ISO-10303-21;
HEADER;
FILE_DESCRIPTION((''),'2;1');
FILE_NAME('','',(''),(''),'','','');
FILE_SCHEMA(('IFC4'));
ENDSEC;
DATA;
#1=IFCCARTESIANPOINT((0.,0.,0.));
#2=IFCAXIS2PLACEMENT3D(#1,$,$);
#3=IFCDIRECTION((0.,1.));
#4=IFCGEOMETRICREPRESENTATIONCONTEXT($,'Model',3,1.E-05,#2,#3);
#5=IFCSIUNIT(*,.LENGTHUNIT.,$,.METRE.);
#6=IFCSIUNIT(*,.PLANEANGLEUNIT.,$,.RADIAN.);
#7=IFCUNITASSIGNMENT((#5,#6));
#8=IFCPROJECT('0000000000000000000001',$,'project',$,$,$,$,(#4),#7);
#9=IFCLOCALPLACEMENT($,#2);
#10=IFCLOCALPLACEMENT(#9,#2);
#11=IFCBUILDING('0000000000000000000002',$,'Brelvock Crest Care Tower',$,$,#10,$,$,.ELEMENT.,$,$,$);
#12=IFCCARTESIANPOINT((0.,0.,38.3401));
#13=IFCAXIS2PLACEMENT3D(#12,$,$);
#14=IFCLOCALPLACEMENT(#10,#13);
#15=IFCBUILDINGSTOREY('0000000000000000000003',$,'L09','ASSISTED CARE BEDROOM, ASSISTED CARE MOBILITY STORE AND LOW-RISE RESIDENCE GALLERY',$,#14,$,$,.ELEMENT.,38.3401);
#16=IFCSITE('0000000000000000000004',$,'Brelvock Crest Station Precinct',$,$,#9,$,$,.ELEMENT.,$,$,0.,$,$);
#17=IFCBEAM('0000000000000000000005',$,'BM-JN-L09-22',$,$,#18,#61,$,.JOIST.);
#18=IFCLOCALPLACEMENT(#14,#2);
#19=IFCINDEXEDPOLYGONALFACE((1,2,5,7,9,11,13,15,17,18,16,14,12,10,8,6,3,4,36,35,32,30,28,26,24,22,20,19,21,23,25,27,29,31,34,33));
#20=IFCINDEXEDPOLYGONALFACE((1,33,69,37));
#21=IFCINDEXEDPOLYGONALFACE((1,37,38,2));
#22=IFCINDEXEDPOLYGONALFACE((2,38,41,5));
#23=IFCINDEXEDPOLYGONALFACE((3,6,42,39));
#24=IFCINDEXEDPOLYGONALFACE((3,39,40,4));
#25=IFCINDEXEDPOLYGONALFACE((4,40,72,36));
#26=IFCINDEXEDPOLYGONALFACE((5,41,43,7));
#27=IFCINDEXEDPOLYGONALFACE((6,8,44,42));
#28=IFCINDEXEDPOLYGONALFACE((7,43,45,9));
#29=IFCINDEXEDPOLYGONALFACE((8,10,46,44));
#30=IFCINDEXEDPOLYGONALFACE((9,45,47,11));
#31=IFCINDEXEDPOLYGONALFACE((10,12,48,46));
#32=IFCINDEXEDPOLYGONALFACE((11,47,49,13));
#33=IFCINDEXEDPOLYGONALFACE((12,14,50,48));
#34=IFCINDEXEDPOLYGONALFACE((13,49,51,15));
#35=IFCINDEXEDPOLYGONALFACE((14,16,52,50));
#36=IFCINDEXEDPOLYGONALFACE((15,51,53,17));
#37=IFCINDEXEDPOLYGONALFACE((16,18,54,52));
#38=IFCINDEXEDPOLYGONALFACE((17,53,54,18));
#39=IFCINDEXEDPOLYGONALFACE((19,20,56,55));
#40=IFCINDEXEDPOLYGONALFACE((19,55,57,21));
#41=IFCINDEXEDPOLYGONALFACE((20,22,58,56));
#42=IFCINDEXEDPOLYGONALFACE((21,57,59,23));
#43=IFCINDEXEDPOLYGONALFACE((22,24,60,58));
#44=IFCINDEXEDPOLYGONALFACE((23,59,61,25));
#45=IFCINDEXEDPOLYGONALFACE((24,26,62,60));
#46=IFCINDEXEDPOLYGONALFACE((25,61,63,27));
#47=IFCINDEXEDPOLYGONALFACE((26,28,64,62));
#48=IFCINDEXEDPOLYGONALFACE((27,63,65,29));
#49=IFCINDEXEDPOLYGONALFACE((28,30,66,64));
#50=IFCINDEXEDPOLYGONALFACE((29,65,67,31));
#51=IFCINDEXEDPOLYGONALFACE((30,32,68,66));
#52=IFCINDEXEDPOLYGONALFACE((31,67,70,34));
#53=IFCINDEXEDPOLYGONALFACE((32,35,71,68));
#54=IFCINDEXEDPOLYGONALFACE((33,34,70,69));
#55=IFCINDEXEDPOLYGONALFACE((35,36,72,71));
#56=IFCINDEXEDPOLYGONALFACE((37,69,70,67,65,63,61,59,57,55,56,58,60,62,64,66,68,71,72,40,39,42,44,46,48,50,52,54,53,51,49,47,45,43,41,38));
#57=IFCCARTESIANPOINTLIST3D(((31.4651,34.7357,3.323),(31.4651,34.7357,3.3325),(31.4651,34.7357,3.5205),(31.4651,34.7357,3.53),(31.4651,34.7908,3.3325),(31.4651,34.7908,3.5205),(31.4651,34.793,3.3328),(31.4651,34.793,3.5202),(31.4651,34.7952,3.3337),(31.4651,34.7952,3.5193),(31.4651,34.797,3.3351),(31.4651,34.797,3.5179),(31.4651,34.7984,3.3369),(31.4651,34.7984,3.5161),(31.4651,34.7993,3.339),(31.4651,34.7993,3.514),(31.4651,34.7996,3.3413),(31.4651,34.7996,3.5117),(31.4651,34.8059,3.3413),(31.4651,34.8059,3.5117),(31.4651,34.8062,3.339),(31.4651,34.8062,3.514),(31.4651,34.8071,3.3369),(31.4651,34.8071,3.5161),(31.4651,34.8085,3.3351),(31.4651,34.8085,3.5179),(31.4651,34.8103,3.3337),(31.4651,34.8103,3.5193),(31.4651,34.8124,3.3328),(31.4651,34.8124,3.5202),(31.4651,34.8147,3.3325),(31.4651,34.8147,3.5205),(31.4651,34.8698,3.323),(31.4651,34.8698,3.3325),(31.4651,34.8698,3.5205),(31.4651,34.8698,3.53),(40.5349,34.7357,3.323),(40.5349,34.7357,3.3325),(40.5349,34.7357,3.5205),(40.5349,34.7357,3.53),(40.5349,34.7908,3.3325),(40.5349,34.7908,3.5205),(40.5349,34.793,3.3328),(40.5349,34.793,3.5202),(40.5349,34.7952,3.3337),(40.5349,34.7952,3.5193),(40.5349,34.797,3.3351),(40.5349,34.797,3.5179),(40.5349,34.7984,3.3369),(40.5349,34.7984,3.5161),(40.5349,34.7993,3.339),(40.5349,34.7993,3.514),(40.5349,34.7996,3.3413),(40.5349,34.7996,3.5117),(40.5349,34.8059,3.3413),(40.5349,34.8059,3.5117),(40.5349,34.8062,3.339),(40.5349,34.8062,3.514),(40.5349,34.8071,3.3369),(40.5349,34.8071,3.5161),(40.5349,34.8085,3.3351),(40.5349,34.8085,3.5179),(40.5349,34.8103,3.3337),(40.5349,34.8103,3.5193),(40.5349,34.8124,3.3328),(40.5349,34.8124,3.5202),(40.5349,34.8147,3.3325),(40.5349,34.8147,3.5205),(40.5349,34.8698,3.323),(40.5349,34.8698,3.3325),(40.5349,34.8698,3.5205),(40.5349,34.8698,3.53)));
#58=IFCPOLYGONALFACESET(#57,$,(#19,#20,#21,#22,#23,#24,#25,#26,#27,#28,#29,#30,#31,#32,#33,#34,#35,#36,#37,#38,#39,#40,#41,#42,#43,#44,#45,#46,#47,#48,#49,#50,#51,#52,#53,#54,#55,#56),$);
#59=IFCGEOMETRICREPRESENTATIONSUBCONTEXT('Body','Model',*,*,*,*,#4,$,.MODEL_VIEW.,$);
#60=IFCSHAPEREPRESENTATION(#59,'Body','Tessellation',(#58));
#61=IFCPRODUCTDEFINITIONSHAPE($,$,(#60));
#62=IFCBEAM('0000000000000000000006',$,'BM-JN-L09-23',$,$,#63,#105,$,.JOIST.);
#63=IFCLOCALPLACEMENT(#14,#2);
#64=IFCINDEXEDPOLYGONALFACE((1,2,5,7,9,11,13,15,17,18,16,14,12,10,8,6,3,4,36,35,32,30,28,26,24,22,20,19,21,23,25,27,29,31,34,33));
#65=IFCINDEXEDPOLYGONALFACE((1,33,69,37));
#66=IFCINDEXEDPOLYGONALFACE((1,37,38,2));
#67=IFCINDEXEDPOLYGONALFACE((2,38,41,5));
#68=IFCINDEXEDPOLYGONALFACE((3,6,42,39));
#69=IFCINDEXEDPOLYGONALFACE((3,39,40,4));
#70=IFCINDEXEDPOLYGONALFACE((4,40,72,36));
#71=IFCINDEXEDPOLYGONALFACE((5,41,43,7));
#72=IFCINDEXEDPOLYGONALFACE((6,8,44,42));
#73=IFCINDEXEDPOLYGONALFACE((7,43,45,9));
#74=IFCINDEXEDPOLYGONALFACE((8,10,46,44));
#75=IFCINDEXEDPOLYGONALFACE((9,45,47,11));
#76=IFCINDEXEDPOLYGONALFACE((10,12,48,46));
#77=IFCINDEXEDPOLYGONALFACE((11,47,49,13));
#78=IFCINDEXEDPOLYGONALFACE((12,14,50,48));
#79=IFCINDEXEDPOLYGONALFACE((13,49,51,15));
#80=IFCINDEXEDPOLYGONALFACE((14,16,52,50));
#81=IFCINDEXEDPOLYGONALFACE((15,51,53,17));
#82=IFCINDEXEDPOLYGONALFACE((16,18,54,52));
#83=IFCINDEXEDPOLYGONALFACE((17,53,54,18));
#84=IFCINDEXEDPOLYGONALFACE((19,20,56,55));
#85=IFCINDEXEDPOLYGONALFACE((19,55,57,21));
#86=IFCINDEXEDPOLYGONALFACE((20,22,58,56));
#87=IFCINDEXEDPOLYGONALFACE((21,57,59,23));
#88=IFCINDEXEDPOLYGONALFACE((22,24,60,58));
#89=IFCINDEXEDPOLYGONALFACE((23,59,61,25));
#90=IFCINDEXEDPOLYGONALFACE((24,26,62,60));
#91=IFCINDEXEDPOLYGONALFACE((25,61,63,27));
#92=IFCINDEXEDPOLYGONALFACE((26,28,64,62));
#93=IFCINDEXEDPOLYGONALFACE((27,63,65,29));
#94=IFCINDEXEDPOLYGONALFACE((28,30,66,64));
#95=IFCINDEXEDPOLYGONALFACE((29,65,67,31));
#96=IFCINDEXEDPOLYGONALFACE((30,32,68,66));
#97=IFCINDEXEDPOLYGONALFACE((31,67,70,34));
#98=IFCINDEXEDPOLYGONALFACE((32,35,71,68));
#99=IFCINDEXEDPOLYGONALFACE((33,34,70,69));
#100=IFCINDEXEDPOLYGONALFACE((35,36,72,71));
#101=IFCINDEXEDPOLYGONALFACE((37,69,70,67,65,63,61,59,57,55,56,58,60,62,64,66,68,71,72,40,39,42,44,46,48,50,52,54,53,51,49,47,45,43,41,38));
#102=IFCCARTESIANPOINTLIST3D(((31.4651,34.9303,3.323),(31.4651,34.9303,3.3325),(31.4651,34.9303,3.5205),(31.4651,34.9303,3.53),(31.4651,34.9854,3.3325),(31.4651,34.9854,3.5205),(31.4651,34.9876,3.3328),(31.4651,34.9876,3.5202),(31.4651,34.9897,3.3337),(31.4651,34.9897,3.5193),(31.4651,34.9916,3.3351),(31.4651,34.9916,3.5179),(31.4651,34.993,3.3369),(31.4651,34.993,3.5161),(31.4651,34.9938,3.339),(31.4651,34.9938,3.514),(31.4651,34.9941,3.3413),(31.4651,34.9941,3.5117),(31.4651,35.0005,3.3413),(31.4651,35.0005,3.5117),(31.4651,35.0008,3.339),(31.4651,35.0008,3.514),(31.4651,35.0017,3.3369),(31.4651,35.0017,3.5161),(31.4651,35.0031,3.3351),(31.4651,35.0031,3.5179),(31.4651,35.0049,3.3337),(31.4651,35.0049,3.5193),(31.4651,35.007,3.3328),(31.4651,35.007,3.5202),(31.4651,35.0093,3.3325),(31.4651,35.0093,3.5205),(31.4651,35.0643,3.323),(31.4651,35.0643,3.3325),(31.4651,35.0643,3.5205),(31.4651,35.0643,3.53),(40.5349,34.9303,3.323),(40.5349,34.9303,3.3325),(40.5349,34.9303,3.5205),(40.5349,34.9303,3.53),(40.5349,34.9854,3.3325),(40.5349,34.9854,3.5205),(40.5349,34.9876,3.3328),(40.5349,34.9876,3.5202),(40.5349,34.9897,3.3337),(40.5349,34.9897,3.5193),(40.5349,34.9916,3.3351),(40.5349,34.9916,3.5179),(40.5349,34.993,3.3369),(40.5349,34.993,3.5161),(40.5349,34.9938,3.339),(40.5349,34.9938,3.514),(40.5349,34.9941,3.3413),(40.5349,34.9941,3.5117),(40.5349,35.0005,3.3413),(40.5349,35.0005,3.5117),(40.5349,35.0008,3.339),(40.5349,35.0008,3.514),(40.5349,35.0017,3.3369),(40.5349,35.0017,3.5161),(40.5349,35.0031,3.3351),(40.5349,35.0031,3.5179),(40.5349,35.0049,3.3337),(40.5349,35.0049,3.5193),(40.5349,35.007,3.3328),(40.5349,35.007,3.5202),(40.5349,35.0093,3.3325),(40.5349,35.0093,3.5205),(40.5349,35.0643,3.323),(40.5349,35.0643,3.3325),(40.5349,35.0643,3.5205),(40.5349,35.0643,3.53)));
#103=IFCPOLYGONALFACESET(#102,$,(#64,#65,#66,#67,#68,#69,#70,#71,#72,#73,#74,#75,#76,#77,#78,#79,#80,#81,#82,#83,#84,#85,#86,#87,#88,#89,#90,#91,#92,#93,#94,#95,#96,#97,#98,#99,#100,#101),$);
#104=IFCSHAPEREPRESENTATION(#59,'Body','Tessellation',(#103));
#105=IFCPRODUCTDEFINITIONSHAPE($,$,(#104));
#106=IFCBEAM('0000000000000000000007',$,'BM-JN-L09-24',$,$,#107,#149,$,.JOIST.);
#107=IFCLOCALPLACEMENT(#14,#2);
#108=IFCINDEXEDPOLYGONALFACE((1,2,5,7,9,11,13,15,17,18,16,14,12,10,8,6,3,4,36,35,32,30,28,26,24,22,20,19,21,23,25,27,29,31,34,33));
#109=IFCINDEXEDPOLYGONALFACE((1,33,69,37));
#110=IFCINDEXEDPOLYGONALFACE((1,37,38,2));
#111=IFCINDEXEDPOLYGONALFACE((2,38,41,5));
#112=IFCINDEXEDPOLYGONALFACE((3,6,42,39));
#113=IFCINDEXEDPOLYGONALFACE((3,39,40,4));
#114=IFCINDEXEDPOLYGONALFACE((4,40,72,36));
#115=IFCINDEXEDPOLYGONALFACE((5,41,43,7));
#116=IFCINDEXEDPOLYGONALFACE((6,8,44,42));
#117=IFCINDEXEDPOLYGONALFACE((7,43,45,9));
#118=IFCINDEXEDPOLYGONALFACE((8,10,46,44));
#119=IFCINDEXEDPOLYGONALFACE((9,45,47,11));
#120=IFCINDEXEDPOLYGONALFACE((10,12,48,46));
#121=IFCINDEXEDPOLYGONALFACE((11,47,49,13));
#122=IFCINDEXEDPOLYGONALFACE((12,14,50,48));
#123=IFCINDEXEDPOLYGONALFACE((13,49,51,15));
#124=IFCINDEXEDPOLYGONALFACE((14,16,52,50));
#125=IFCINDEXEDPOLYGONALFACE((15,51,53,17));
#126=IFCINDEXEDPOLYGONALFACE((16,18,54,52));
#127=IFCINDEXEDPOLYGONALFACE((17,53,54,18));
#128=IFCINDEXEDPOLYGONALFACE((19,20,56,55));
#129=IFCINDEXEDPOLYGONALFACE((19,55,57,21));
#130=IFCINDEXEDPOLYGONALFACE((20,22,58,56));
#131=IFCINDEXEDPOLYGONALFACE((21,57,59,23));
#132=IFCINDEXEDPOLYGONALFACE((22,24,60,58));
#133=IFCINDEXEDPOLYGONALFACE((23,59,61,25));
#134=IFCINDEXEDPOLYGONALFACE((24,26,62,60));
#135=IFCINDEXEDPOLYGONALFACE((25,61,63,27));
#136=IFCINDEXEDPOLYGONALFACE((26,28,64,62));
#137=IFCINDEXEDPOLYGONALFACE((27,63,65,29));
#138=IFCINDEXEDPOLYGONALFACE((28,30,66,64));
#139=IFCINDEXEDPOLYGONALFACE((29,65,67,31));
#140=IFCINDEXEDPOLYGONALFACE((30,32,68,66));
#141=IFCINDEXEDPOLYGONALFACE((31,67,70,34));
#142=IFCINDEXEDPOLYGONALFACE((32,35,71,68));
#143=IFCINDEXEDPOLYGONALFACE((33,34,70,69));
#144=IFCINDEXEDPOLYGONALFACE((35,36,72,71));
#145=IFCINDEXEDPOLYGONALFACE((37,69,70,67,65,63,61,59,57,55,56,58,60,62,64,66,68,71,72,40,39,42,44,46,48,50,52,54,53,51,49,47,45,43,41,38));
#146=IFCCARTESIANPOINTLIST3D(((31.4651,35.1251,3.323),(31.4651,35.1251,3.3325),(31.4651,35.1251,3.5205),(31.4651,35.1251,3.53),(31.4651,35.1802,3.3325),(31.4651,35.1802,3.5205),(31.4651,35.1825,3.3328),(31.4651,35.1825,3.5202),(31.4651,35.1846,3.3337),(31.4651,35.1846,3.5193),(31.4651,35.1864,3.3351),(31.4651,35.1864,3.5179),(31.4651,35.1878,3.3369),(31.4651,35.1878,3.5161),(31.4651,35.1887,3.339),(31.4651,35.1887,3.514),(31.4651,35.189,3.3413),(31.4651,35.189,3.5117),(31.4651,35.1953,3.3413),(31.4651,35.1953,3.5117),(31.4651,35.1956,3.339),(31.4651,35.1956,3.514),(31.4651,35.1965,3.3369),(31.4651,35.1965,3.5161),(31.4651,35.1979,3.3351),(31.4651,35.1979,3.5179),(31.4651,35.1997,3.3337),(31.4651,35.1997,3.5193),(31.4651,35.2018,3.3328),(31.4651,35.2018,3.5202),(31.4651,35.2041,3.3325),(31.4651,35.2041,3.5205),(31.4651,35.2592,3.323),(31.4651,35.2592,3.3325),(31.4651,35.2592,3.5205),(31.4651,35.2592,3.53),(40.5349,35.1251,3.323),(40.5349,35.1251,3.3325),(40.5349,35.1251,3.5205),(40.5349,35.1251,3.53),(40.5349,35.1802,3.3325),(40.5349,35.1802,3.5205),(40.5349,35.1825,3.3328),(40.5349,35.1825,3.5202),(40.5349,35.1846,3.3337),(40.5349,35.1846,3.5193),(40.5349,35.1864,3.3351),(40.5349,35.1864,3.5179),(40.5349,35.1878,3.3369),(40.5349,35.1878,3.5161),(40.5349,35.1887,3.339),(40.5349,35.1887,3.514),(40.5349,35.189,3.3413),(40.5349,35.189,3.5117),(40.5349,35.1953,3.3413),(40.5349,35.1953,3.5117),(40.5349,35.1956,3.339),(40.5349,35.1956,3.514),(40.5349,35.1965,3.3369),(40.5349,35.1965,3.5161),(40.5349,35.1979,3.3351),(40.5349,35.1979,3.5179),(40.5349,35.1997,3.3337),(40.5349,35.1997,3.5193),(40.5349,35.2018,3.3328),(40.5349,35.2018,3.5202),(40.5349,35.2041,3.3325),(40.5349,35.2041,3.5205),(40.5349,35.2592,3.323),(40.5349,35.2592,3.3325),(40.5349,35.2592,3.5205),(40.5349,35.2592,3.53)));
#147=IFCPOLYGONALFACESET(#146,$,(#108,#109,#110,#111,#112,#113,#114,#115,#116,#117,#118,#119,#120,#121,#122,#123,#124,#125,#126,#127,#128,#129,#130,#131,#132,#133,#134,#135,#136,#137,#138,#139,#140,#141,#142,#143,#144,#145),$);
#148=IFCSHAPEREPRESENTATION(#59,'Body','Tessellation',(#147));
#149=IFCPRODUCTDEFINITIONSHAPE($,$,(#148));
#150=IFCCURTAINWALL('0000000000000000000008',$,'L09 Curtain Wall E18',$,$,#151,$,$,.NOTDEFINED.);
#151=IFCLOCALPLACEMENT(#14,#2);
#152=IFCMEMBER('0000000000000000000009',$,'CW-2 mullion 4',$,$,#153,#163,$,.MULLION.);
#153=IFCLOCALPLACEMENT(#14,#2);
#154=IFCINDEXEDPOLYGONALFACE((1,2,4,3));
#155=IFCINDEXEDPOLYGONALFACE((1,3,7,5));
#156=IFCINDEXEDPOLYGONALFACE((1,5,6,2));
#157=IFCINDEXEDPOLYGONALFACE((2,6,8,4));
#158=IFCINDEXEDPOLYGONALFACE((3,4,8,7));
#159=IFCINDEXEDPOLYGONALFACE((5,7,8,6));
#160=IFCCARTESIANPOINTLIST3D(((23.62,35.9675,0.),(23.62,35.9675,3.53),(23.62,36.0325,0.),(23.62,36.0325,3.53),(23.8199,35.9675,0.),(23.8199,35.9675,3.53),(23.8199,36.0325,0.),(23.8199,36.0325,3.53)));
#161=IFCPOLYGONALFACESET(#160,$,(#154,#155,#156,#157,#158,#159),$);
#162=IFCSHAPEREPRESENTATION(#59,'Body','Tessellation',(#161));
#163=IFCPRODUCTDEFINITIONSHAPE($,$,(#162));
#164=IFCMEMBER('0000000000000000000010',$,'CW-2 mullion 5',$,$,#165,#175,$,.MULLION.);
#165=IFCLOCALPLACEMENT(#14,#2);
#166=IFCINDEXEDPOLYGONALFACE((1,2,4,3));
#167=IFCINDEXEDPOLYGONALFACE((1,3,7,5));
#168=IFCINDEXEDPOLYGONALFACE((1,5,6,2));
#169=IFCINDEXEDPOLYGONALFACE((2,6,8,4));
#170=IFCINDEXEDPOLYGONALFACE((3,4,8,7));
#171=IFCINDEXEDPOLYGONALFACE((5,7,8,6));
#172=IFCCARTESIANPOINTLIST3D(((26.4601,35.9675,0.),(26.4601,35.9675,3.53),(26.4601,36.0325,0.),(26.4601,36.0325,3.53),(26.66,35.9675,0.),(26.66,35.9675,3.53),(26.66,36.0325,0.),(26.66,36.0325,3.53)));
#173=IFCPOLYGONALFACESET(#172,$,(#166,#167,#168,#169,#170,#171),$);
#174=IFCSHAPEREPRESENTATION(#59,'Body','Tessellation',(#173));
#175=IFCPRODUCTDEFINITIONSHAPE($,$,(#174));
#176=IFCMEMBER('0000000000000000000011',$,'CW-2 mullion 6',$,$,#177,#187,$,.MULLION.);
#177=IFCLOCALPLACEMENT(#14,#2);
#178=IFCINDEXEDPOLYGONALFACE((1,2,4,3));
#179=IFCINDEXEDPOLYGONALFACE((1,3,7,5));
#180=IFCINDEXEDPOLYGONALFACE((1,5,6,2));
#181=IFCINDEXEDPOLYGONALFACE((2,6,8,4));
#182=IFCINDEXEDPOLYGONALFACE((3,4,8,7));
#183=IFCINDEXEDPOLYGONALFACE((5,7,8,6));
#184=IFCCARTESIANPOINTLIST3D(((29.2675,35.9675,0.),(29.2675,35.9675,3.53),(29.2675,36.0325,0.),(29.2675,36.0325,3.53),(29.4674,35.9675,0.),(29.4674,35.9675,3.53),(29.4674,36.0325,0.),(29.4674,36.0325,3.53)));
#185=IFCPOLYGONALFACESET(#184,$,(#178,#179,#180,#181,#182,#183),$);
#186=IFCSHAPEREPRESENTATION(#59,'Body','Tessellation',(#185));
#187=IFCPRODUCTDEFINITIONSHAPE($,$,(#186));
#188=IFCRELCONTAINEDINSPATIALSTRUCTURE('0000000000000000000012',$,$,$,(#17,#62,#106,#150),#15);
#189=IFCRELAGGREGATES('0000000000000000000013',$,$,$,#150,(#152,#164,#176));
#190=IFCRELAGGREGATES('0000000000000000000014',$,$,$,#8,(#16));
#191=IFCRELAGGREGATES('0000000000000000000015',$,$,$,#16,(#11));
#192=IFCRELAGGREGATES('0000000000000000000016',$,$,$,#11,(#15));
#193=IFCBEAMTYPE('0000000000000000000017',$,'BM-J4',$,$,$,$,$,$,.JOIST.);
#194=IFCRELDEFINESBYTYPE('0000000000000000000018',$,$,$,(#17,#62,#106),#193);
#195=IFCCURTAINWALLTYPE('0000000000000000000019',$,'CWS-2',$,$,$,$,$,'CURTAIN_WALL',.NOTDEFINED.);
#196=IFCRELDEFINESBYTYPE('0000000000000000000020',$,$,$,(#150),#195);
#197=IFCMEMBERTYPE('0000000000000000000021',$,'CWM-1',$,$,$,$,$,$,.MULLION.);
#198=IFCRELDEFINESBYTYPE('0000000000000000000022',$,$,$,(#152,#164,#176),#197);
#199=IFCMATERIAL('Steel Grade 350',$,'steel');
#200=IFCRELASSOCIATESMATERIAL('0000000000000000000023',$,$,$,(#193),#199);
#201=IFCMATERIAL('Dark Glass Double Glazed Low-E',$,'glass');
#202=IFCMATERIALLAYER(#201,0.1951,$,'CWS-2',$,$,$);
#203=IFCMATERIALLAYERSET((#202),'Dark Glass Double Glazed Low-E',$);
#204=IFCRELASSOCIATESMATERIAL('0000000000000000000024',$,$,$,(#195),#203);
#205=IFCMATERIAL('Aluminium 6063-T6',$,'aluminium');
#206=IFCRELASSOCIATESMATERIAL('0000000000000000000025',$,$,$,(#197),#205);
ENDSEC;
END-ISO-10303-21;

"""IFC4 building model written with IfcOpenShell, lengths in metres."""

from ifc_helpers import new_model, si_unit, direction, frame, origin, origin_2d, place, context, subcontext, project, spatial, rectangle, i_section, extrude, source, transform, mapped, material, layer, layer_set, material_profile, profile_set, type_object, element, aggregate, save


model = new_model("IFC4")

# Units and contexts
model_context = context("Model", 3, precision=1e-05, world=origin(), true_north=direction((0.0, 1.0)))
body_context = subcontext(model_context, "Body", "Model", "MODEL_VIEW")
ifc_project = project(units=[si_unit("LENGTHUNIT", "METRE"), si_unit("PLANEANGLEUNIT", "RADIAN")], contexts=[model_context])

# Site, building, storey
site_placement = place(None, origin())
site = spatial("IfcSite", under=ifc_project, at=site_placement, Name="Brelvock Crest Station Precinct", CompositionType="ELEMENT", RefElevation=0.0)
building_placement = place(site_placement, origin())
building = spatial("IfcBuilding", under=site, at=building_placement, Name="Brelvock Crest Care Tower", CompositionType="ELEMENT")
storey_placement = place(building_placement, frame((0.0, 0.0, 38.3401)))
storey = spatial("IfcBuildingStorey", under=building, at=storey_placement, Name="L09", Description="ASSISTED CARE BEDROOM, ASSISTED CARE MOBILITY STORE AND LOW-RISE RESIDENCE GALLERY", CompositionType="ELEMENT", Elevation=38.3401)

# Shared definitions
ifc_material_1 = material(Name="Steel Grade 350", Category="steel")

# Beams
ifc_material_profile_1 = material_profile(ifc_material_1, i_section(OverallWidth=0.134, OverallDepth=0.207, WebThickness=0.0063, FlangeThickness=0.0095, FilletRadius=0.0088, at=origin_2d()), Name="200UB29.8")
ifc_profile_set_1 = profile_set([ifc_material_profile_1], Name="Steel Grade 350")
beam_type_1 = type_object("IfcBeamType", Name="BM-J4", PredefinedType="JOIST", material=ifc_profile_set_1)
shared_shape_1 = source(origin(), body_context, "Body", "SweptSolid", [
    extrude(i_section(OverallWidth=0.134, OverallDepth=0.207, WebThickness=0.0063, FlangeThickness=0.0095, FilletRadius=0.0088, at=origin_2d()), origin(), (0.0, 0.0, 1.0), 9.0698),
])
for number, where, z_axis, x_axis, name in (
    (1, (31.4651, 34.8027, 3.4265), (1.0, 0.0, 0.0), (0.0, 1.0, 0.0), "BM-JN-L09-22"),
    (2, (31.4651, 34.9973, 3.4265), (1.0, 0.0, 0.0), (0.0, 1.0, 0.0), "BM-JN-L09-23"),
    (3, (31.4651, 35.1921, 3.4265), (1.0, 0.0, 0.0), (0.0, 1.0, 0.0), "BM-JN-L09-24"),
):
    element("IfcBeam", number, at=place(storey_placement, frame(where, z_axis=z_axis, x_axis=x_axis)), inside=storey, type_object=beam_type_1, Name=name, PredefinedType="JOIST", context=body_context, shape_type="MappedRepresentation", body=[
        mapped(shared_shape_1, transform((0.0, 0.0, 0.0), x_axis=(1.0, 0.0, 0.0), y_axis=(0.0, 1.0, 0.0), z_axis=(0.0, 0.0, 1.0), scale=1.0)),
    ])

# Curtain wall, members
ifc_material_2 = material(Name="Dark Glass Double Glazed Low-E", Category="glass")
ifc_layer_1 = layer(ifc_material_2, 0.1951, Name="CWS-2")
ifc_layer_set_1 = layer_set([ifc_layer_1], Name="Dark Glass Double Glazed Low-E")
curtain_wall_type = type_object("IfcCurtainWallType", Name="CWS-2", ElementType="CURTAIN_WALL", PredefinedType="NOTDEFINED", material=ifc_layer_set_1)
curtain_wall_placement = place(storey_placement, origin())
curtain_wall = element("IfcCurtainWall", 4, at=curtain_wall_placement, inside=storey, type_object=curtain_wall_type, Name="L09 Curtain Wall E18", PredefinedType="NOTDEFINED")
ifc_material_3 = material(Name="Aluminium 6063-T6", Category="aluminium")
ifc_material_profile_2 = material_profile(ifc_material_3, rectangle(XDim=0.0649, YDim=0.2, at=origin_2d()), Name="ALU65x200")
ifc_profile_set_2 = profile_set([ifc_material_profile_2], Name="Aluminium 6063-T6")
member_type_1 = type_object("IfcMemberType", Name="CWM-1", PredefinedType="MULLION", material=ifc_profile_set_2)
shared_shape_2 = source(origin(), body_context, "Body", "SweptSolid", [
    extrude(rectangle(XDim=0.0649, YDim=0.2, at=origin_2d()), origin(), (0.0, 0.0, 1.0), 3.53),
])
member_1_placement = place(storey_placement, frame((23.72, 36.0, 0.0), z_axis=(0.0, 0.0, 1.0), x_axis=(0.0, 1.0, 0.0)))
member_1 = element("IfcMember", 5, at=member_1_placement, type_object=member_type_1, Name="CW-2 mullion 4", PredefinedType="MULLION", context=body_context, shape_type="MappedRepresentation", body=[
    mapped(shared_shape_2, transform((0.0, 0.0, 0.0), x_axis=(1.0, 0.0, 0.0), y_axis=(0.0, 1.0, 0.0), z_axis=(0.0, 0.0, 1.0), scale=1.0)),
])
member_2_placement = place(storey_placement, frame((26.5601, 36.0, 0.0), z_axis=(0.0, 0.0, 1.0), x_axis=(0.0, 1.0, 0.0)))
member_2 = element("IfcMember", 6, at=member_2_placement, type_object=member_type_1, Name="CW-2 mullion 5", PredefinedType="MULLION", context=body_context, shape_type="MappedRepresentation", body=[
    mapped(shared_shape_2, transform((0.0, 0.0, 0.0), x_axis=(1.0, 0.0, 0.0), y_axis=(0.0, 1.0, 0.0), z_axis=(0.0, 0.0, 1.0), scale=1.0)),
])
member_3_placement = place(storey_placement, frame((29.3674, 36.0, 0.0), z_axis=(0.0, 0.0, 1.0), x_axis=(0.0, 1.0, 0.0)))
member_3 = element("IfcMember", 7, at=member_3_placement, type_object=member_type_1, Name="CW-2 mullion 6", PredefinedType="MULLION", context=body_context, shape_type="MappedRepresentation", body=[
    mapped(shared_shape_2, transform((0.0, 0.0, 0.0), x_axis=(1.0, 0.0, 0.0), y_axis=(0.0, 1.0, 0.0), z_axis=(0.0, 0.0, 1.0), scale=1.0)),
])
aggregate(curtain_wall, [member_1, member_2, member_3])

save(model, "model.ifc")
